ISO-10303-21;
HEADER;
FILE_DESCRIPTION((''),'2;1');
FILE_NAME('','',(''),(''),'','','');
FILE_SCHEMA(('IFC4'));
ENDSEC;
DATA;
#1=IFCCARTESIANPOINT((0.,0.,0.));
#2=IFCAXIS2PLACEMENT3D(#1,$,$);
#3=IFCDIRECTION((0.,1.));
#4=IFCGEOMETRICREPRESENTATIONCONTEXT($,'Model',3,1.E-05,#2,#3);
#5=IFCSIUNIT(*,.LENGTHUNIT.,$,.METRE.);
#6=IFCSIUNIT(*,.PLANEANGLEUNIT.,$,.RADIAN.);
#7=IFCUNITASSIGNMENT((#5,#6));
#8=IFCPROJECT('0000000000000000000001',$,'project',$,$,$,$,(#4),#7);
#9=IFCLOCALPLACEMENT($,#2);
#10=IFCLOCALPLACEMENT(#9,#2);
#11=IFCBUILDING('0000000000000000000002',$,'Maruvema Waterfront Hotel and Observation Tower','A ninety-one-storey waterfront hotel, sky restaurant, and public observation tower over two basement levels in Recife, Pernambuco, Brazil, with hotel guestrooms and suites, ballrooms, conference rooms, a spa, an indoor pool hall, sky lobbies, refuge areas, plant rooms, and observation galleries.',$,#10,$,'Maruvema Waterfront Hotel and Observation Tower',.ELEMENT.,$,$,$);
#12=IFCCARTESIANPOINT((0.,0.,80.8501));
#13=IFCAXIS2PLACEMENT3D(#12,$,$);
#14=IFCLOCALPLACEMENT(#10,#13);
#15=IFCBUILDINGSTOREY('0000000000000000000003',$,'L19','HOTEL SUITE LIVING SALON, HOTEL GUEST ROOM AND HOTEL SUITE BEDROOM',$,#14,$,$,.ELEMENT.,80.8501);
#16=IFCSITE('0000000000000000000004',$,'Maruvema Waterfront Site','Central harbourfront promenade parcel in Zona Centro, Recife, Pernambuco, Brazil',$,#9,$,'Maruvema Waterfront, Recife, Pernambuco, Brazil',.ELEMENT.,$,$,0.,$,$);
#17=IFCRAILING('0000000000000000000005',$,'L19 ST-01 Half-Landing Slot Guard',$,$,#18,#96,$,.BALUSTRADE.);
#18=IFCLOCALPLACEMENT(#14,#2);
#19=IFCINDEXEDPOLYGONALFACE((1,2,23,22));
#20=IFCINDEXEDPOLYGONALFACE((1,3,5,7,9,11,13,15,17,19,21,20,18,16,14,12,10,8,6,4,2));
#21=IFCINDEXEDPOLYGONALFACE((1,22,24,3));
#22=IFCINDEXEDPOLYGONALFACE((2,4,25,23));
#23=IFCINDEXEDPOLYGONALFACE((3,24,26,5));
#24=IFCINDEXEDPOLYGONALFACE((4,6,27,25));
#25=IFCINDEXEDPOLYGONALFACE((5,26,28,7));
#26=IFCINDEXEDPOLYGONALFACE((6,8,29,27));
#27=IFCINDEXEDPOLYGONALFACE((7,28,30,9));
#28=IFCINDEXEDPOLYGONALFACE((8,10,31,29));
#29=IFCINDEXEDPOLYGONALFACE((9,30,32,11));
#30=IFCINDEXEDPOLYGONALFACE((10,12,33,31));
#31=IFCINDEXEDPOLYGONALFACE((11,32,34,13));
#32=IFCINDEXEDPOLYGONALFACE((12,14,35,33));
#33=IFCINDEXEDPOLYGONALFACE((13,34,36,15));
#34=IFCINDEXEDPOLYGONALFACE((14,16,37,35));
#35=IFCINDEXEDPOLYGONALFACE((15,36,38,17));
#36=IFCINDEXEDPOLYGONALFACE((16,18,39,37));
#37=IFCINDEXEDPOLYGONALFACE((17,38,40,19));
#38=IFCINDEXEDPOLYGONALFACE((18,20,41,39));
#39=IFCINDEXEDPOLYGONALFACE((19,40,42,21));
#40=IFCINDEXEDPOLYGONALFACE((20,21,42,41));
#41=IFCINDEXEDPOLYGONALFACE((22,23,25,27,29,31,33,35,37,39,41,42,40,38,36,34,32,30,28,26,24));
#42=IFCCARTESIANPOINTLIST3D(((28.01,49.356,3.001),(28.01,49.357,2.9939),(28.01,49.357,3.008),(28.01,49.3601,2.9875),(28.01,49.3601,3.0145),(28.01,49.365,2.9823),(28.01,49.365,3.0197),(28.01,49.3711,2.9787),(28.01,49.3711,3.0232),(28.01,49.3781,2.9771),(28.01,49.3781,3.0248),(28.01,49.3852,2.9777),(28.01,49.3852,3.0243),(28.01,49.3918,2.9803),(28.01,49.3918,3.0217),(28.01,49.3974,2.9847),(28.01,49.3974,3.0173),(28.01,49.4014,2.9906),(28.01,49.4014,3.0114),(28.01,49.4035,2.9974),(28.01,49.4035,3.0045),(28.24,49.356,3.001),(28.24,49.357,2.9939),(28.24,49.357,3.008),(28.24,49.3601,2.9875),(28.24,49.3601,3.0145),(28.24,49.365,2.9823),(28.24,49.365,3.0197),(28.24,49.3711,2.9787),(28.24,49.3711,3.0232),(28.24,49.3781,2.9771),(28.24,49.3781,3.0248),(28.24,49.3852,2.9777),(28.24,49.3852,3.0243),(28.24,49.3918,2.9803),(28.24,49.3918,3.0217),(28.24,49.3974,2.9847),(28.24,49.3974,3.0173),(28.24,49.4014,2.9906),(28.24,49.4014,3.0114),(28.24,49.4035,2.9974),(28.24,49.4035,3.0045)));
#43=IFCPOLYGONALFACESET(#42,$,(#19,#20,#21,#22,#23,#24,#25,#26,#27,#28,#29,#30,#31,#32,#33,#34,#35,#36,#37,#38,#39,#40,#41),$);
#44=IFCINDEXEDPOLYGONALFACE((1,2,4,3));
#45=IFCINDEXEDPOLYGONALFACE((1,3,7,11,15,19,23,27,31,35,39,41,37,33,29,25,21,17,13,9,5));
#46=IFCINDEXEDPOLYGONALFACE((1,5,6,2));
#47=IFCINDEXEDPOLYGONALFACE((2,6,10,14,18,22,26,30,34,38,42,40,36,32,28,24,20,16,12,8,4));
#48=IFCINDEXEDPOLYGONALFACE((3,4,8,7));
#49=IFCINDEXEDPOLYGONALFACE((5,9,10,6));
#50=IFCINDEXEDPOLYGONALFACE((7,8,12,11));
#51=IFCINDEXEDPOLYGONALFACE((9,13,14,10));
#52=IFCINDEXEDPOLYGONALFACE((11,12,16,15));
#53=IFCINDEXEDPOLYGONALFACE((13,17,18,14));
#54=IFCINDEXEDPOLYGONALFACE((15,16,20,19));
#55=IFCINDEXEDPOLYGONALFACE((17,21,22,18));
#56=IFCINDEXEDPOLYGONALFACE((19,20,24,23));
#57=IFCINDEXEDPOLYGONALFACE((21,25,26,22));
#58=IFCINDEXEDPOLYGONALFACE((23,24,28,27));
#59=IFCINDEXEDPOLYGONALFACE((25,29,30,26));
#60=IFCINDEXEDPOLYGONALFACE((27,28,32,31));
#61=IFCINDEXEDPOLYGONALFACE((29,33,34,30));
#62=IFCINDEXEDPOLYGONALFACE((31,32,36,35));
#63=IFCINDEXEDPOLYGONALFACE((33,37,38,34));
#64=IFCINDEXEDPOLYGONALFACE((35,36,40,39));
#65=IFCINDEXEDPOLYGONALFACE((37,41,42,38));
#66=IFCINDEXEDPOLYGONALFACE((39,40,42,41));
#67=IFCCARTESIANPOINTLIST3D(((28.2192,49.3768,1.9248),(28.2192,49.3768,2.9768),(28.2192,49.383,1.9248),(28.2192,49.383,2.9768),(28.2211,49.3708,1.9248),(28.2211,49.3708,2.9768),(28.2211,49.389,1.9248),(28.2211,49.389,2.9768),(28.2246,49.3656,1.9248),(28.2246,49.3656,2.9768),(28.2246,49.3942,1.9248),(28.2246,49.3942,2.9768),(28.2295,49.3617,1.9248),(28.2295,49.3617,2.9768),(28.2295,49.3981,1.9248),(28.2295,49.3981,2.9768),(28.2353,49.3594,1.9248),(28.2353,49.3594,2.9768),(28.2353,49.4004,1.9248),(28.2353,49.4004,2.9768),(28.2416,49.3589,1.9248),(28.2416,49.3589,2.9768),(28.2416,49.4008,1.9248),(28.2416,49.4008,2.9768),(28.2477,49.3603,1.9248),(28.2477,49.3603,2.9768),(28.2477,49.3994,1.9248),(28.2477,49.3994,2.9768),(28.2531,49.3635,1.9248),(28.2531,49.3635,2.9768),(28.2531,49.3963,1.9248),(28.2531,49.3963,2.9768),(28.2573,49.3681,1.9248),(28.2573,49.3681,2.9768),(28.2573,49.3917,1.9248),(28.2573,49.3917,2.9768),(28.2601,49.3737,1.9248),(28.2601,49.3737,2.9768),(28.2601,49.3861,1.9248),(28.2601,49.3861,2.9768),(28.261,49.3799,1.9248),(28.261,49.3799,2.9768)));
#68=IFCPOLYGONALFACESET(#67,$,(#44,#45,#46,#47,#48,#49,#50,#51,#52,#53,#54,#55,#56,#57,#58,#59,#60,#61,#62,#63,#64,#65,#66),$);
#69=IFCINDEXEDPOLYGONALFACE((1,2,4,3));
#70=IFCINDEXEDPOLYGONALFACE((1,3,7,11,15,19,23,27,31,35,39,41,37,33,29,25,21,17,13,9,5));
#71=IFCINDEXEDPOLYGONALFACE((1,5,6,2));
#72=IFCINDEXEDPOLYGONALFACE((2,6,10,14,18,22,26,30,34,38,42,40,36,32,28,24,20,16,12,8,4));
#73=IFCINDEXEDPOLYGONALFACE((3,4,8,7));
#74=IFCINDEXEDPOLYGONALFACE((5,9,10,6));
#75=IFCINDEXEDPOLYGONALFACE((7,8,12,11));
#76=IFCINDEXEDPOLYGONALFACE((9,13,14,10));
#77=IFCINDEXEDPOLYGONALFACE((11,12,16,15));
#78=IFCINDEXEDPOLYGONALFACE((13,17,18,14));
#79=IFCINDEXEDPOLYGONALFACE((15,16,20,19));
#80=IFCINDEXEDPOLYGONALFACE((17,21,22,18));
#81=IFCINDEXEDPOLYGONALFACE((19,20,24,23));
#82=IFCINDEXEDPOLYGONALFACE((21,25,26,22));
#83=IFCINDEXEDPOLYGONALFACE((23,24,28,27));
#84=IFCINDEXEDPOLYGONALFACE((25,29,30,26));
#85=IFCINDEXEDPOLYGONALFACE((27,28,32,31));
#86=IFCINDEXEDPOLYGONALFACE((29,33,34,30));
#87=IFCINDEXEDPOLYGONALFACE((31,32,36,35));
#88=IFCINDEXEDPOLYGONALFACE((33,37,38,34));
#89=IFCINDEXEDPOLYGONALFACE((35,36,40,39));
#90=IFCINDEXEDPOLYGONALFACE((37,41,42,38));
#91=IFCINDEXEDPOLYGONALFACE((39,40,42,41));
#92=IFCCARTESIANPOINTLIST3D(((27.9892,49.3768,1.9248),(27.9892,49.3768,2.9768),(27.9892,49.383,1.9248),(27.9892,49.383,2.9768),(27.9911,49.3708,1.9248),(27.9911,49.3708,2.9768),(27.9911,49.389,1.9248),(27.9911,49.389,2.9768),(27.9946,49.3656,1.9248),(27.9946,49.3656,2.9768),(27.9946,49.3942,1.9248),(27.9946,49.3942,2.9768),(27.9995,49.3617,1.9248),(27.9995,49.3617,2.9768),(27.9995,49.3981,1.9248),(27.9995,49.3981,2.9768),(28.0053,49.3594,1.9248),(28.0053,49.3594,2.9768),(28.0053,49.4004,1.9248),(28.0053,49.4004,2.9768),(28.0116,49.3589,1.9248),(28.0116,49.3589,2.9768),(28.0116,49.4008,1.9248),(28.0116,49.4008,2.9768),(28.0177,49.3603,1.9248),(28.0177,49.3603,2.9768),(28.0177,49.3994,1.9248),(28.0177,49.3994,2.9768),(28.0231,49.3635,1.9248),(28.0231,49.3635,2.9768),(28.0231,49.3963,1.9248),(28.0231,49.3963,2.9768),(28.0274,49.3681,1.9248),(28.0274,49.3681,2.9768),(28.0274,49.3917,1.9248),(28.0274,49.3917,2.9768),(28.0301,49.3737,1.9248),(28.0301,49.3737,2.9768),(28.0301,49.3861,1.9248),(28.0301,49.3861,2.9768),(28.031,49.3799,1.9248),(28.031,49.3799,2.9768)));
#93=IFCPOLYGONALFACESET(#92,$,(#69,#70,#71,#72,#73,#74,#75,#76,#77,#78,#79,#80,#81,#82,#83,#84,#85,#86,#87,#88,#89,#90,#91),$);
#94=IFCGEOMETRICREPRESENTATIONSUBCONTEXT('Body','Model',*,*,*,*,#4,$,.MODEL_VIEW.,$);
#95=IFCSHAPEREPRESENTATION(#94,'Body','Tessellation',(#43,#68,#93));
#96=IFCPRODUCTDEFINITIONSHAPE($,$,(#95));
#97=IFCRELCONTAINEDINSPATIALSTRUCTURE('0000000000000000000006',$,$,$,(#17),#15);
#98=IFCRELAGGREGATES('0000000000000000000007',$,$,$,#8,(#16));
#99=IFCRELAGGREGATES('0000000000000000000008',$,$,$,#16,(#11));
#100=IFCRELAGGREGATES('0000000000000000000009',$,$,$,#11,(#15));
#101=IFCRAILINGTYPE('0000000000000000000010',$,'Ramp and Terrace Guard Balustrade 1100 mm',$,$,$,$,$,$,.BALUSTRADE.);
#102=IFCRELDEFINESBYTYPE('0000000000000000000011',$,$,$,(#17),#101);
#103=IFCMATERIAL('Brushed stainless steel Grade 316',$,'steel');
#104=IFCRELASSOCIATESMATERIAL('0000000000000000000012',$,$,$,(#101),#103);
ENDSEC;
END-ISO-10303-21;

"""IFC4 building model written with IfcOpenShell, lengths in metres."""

from ifc_helpers import new_model, si_unit, direction, frame, origin, origin_2d, place, context, subcontext, project, spatial, circle, extrude, material, type_object, element, save


model = new_model("IFC4")

# Units and contexts
model_context = context("Model", 3, precision=1e-05, world=origin(), true_north=direction((0.0, 1.0)))
body_context = subcontext(model_context, "Body", "Model", "MODEL_VIEW")
ifc_project = project(units=[si_unit("LENGTHUNIT", "METRE"), si_unit("PLANEANGLEUNIT", "RADIAN")], contexts=[model_context])

# Site, building, storey
site_placement = place(None, origin())
site = spatial("IfcSite", under=ifc_project, at=site_placement, Name="Maruvema Waterfront Site", Description="Central harbourfront promenade parcel in Zona Centro, Recife, Pernambuco, Brazil", LongName="Maruvema Waterfront, Recife, Pernambuco, Brazil", CompositionType="ELEMENT", RefElevation=0.0)
building_placement = place(site_placement, origin())
building = spatial("IfcBuilding", under=site, at=building_placement, Name="Maruvema Waterfront Hotel and Observation Tower", Description="A ninety-one-storey waterfront hotel, sky restaurant, and public observation tower over two basement levels in Recife, Pernambuco, Brazil, with hotel guestrooms and suites, ballrooms, conference rooms, a spa, an indoor pool hall, sky lobbies, refuge areas, plant rooms, and observation galleries.", LongName="Maruvema Waterfront Hotel and Observation Tower", CompositionType="ELEMENT")
storey_placement = place(building_placement, frame((0.0, 0.0, 80.8501)))
storey = spatial("IfcBuildingStorey", under=building, at=storey_placement, Name="L19", Description="HOTEL SUITE LIVING SALON, HOTEL GUEST ROOM AND HOTEL SUITE BEDROOM", CompositionType="ELEMENT", Elevation=80.8501)

# Railing
ifc_material_1 = material(Name="Brushed stainless steel Grade 316", Category="steel")
railing_type_1 = type_object("IfcRailingType", Name="Ramp and Terrace Guard Balustrade 1100 mm", PredefinedType="BALUSTRADE", material=ifc_material_1)
railing_1_placement = place(storey_placement, frame((28.24, 49.3799, 1.9248)))
element("IfcRailing", 1, at=railing_1_placement, inside=storey, type_object=railing_type_1, Name="L19 ST-01 Half-Landing Slot Guard", PredefinedType="BALUSTRADE", context=body_context, shape_type="SweptSolid", body=[
    extrude(circle(Radius=0.0239, at=origin_2d()), frame((0.0, 0.0, 1.0762), z_axis=(-1.0, 0.0, 0.0), x_axis=(0.0, -1.0, 0.0)), (0.0, 0.0, 1.0), 0.23),
    extrude(circle(Radius=0.021, at=origin_2d()), origin(), (0.0, 0.0, 1.0), 1.052),
    extrude(circle(Radius=0.021, at=origin_2d()), frame((-0.23, 0.0, 0.0)), (0.0, 0.0, 1.0), 1.052),
])

save(model, "model.ifc")
